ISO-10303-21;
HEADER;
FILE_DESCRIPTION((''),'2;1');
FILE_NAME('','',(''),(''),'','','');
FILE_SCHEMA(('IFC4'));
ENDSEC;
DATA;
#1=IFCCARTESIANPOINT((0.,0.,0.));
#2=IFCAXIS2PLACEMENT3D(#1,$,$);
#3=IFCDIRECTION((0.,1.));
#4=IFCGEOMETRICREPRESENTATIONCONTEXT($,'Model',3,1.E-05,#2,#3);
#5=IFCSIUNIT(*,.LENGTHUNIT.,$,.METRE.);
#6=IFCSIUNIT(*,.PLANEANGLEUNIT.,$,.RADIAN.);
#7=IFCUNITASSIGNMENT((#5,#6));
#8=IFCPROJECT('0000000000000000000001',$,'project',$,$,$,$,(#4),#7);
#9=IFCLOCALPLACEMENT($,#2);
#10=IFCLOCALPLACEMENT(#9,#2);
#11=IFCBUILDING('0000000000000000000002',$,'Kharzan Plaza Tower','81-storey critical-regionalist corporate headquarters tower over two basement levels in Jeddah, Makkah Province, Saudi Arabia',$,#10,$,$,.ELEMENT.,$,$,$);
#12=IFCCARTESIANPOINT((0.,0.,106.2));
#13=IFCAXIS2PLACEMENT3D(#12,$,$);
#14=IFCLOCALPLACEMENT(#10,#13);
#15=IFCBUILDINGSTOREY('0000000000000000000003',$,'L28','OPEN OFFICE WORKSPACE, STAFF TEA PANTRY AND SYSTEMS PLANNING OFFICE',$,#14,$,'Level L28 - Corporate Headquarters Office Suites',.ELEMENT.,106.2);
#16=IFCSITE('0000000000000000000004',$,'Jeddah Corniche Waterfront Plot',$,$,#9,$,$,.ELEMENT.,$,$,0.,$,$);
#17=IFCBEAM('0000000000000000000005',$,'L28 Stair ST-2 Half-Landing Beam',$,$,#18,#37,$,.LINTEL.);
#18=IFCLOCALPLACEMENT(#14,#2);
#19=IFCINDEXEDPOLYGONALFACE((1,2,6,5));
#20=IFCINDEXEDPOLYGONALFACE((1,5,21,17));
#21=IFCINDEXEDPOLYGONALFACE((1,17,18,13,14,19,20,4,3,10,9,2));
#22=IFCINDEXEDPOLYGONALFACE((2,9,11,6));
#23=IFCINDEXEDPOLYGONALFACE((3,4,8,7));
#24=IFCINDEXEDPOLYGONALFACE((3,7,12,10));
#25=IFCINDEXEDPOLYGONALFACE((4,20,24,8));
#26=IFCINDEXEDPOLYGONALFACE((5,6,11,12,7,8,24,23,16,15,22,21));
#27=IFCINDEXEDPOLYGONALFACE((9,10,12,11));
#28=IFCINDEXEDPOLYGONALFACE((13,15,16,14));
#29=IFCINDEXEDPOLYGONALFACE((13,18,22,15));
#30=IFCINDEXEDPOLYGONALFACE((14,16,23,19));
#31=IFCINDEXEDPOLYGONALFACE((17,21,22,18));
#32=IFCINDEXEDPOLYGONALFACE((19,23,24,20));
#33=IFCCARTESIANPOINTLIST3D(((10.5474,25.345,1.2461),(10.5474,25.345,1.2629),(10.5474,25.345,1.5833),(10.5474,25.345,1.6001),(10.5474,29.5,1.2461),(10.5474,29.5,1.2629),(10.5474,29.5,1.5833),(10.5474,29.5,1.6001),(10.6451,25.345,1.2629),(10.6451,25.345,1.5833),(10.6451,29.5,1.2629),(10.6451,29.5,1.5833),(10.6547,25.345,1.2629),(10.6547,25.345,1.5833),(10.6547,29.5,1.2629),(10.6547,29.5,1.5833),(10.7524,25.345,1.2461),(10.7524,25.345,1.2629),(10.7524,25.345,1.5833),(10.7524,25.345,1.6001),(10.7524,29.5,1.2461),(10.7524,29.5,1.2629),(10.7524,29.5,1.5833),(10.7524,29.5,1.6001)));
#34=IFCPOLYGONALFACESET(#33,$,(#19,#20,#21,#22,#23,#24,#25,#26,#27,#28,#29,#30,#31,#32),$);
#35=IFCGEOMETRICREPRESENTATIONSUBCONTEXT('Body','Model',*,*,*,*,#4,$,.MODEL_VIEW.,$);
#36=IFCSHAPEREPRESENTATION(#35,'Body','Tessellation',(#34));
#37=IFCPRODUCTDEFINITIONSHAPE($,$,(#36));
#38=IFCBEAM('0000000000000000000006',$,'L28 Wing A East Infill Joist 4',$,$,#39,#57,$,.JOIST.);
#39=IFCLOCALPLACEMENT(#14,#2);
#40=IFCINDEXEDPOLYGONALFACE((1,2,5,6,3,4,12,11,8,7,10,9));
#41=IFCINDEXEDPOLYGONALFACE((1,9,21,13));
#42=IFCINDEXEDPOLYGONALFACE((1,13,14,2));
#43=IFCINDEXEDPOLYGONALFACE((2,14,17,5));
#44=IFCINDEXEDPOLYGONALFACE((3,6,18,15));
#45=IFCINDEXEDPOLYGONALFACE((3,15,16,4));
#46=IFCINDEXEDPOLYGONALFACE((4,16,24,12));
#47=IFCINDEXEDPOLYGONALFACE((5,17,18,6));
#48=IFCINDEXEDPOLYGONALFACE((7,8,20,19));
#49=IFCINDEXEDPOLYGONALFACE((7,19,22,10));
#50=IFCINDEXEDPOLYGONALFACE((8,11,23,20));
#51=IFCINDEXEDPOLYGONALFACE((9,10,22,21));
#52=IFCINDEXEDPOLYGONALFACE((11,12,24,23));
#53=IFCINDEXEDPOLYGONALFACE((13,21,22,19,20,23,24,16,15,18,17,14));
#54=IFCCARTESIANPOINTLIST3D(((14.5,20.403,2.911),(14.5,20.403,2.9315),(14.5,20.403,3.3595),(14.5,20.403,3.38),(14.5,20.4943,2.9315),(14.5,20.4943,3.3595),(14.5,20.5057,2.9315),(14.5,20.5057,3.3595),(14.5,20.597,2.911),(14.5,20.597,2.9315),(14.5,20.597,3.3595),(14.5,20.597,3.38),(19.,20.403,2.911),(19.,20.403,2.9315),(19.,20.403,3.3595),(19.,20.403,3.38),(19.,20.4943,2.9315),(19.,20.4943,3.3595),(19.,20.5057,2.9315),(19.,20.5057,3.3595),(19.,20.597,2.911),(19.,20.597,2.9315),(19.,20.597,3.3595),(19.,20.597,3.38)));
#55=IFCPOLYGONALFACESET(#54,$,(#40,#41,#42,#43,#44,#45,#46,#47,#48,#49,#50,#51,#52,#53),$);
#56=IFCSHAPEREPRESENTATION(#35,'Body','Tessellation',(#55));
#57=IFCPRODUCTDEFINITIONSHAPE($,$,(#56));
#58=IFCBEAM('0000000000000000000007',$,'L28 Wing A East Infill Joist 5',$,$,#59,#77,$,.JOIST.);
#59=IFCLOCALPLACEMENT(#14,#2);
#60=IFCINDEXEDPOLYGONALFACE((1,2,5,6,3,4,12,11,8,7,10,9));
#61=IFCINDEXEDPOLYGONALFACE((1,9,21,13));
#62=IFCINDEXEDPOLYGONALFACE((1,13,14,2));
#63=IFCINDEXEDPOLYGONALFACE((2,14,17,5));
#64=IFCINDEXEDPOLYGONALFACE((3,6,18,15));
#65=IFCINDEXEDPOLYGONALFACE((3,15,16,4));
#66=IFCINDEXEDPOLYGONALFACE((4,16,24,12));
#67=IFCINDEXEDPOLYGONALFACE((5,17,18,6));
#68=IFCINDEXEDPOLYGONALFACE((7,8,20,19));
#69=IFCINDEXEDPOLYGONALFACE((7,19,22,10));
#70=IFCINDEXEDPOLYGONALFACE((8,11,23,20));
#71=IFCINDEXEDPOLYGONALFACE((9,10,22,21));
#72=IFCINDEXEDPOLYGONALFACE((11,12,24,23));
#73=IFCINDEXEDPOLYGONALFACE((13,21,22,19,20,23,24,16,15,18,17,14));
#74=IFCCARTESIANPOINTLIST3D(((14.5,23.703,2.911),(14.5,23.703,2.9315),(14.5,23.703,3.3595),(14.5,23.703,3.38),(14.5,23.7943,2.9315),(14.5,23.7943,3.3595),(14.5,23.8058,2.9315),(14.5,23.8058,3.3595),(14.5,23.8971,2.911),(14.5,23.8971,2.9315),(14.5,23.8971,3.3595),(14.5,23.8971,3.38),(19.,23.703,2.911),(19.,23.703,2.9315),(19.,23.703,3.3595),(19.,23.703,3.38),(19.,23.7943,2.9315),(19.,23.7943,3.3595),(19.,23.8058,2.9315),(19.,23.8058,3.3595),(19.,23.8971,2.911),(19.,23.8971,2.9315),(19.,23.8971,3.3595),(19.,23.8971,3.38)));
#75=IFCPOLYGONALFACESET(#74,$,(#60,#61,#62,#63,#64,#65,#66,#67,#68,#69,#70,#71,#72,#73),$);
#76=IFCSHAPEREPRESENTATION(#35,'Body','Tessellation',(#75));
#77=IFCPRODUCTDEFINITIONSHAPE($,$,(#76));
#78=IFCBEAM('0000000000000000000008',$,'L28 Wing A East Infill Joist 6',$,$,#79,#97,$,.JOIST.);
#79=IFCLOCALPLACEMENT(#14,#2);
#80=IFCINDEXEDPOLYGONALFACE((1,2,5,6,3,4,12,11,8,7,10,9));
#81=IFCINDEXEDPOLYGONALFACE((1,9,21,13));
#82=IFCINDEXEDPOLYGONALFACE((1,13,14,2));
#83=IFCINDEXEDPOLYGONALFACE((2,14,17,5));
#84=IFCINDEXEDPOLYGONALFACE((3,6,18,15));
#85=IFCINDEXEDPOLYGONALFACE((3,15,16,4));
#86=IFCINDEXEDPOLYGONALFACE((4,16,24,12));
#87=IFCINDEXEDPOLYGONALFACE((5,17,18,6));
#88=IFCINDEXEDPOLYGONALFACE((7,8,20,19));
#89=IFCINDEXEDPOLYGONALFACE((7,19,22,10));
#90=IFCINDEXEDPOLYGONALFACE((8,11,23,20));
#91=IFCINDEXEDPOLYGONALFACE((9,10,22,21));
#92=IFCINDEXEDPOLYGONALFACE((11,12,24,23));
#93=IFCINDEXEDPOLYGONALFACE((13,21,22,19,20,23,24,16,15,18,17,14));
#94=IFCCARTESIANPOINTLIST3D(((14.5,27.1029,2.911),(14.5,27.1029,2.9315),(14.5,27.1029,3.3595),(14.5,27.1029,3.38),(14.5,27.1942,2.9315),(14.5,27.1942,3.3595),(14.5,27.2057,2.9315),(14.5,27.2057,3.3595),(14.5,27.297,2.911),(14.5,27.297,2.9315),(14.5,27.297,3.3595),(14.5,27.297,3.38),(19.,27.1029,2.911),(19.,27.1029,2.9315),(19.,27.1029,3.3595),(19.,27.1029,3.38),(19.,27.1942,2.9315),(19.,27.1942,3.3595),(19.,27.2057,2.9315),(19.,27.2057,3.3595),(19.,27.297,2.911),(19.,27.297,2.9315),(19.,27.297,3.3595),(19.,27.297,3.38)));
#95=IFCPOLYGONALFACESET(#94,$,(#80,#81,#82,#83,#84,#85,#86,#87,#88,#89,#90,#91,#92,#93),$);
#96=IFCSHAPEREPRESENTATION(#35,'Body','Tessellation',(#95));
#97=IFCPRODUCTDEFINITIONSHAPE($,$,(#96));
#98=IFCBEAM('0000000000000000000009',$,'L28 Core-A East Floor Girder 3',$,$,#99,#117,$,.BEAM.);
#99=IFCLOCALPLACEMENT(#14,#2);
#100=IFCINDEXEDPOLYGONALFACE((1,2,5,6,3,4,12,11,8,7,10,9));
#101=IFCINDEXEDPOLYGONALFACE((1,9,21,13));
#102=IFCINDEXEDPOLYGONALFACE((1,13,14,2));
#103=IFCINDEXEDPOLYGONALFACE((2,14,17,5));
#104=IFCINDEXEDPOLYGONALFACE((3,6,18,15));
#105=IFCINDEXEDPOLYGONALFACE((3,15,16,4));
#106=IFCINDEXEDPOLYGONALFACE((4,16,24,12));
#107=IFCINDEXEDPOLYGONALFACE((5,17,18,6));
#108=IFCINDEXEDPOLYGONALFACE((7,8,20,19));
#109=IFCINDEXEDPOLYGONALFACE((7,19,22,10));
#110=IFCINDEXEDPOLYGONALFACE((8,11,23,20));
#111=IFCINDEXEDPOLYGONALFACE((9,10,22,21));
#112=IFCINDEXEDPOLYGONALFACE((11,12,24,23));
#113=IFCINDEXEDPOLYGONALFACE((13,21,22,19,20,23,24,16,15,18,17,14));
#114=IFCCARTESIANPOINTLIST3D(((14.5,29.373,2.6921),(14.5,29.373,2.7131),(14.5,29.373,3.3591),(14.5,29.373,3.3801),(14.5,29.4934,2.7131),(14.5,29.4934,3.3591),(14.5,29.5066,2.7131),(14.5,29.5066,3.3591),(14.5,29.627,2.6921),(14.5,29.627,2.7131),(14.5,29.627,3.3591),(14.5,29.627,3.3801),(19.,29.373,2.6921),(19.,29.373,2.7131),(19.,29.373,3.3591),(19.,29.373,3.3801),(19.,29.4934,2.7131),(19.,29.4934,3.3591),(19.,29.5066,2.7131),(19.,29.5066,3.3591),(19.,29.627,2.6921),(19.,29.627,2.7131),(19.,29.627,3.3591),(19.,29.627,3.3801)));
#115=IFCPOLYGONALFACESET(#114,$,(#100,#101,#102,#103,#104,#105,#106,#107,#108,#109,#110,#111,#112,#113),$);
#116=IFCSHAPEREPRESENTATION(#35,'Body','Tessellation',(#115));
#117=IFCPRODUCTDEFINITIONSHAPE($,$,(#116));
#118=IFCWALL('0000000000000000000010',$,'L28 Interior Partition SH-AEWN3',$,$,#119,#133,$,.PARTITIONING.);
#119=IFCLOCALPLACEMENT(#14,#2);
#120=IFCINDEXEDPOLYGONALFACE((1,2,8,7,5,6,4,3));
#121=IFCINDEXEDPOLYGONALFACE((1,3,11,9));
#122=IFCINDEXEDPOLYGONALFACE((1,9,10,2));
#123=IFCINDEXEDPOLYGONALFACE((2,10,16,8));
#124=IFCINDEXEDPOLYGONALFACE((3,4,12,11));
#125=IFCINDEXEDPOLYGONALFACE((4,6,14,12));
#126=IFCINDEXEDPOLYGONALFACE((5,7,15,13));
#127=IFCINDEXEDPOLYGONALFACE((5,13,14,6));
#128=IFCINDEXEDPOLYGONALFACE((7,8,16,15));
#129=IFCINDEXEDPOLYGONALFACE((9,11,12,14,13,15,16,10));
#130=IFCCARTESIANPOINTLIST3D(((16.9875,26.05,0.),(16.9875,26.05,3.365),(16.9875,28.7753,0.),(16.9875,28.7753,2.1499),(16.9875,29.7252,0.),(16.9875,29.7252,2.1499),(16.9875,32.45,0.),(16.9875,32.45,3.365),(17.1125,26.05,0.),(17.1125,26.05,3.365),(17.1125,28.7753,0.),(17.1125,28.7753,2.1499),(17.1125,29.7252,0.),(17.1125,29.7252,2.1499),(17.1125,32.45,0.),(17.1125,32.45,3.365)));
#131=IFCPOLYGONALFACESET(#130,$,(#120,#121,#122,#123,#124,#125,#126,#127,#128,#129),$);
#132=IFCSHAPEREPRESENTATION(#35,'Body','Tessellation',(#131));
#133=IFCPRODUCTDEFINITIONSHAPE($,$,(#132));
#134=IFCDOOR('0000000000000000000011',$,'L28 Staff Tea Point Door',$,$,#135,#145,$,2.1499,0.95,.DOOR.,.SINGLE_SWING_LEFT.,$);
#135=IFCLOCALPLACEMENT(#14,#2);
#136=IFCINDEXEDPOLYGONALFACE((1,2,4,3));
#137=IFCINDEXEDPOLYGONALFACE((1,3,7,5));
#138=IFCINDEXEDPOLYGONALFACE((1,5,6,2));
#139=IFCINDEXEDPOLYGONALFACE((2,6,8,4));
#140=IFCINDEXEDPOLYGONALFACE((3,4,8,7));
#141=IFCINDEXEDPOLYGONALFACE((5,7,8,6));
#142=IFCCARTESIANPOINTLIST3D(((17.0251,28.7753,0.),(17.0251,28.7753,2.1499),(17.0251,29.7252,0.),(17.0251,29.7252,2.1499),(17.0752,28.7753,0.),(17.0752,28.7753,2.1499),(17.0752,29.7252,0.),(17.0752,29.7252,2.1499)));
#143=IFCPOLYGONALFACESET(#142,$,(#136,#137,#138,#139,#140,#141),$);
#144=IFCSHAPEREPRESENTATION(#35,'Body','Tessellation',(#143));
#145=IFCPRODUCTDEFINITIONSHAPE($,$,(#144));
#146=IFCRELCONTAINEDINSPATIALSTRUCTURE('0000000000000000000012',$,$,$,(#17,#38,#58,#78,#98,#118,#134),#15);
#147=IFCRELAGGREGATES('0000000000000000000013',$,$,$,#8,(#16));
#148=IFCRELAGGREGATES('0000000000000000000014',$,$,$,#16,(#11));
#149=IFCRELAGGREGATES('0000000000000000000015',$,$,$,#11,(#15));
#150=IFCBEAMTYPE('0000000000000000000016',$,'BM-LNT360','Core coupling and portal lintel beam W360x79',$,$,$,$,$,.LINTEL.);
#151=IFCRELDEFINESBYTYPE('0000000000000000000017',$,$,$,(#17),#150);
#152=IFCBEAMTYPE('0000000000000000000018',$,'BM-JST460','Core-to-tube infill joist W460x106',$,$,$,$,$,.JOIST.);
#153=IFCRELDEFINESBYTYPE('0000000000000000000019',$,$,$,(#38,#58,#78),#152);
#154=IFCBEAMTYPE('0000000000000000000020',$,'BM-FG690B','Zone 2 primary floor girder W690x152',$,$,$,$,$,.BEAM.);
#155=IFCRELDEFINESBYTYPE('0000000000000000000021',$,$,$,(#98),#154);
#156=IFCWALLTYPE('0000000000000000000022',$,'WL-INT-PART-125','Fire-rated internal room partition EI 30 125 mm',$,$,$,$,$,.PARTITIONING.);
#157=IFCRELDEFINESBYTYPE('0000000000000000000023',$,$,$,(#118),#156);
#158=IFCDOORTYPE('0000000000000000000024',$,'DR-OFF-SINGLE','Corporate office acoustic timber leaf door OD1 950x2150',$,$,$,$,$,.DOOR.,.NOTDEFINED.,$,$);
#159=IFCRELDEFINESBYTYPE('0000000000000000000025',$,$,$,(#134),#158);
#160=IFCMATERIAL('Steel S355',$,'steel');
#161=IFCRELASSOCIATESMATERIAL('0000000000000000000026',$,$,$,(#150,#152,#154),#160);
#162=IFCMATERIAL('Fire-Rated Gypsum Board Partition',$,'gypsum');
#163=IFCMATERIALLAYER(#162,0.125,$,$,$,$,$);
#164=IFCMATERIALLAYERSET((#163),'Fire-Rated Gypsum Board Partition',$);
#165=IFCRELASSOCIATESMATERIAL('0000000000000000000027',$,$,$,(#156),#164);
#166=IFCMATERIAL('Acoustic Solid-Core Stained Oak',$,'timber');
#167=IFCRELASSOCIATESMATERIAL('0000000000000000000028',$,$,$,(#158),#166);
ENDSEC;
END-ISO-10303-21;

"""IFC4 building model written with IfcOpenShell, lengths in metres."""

from ifc_helpers import new_model, si_unit, direction, frame, frame_2d, origin, origin_2d, place, context, subcontext, project, spatial, rectangle, i_section, extrude, source, transform, mapped, material, layer, layer_set, material_profile, profile_set, type_object, element, fill, save


model = new_model("IFC4")

# Units and contexts
model_context = context("Model", 3, precision=1e-05, world=origin(), true_north=direction((0.0, 1.0)))
body_context = subcontext(model_context, "Body", "Model", "MODEL_VIEW")
ifc_project = project(units=[si_unit("LENGTHUNIT", "METRE"), si_unit("PLANEANGLEUNIT", "RADIAN")], contexts=[model_context])

# Site, building, storey
site_placement = place(None, origin())
site = spatial("IfcSite", under=ifc_project, at=site_placement, Name="Jeddah Corniche Waterfront Plot", CompositionType="ELEMENT", RefElevation=0.0)
building_placement = place(site_placement, origin())
building = spatial("IfcBuilding", under=site, at=building_placement, Name="Kharzan Plaza Tower", Description="81-storey critical-regionalist corporate headquarters tower over two basement levels in Jeddah, Makkah Province, Saudi Arabia", CompositionType="ELEMENT")
storey_placement = place(building_placement, frame((0.0, 0.0, 106.2)))
storey = spatial("IfcBuildingStorey", under=building, at=storey_placement, Name="L28", Description="OPEN OFFICE WORKSPACE, STAFF TEA PANTRY AND SYSTEMS PLANNING OFFICE", LongName="Level L28 - Corporate Headquarters Office Suites", CompositionType="ELEMENT", Elevation=106.2)

# Beams
ifc_material_1 = material(Name="Steel S355", Category="steel")
ifc_material_profile_1 = material_profile(ifc_material_1, i_section(OverallWidth=0.2051, OverallDepth=0.354, WebThickness=0.0095, FlangeThickness=0.0168, at=origin_2d()), Name="W360x79")
ifc_profile_set_1 = profile_set([ifc_material_profile_1], Name="Steel S355")
beam_type_1 = type_object("IfcBeamType", Name="BM-LNT360", Description="Core coupling and portal lintel beam W360x79", PredefinedType="LINTEL", material=ifc_profile_set_1)
shared_shape_1 = source(origin(), body_context, "Body", "SweptSolid", [
    extrude(i_section(OverallWidth=0.2051, OverallDepth=0.354, WebThickness=0.0095, FlangeThickness=0.0168, at=origin_2d()), origin(), (0.0, 0.0, 1.0), 4.155),
])
beam_1_placement = place(storey_placement, frame((10.6499, 25.345, 1.4231), z_axis=(0.0, 1.0, 0.0), x_axis=(-1.0, 0.0, 0.0)))
element("IfcBeam", 1, at=beam_1_placement, inside=storey, type_object=beam_type_1, Name="L28 Stair ST-2 Half-Landing Beam", PredefinedType="LINTEL", context=body_context, shape_type="MappedRepresentation", body=[
    mapped(shared_shape_1, transform((0.0, 0.0, 0.0), x_axis=(1.0, 0.0, 0.0), y_axis=(0.0, 1.0, 0.0), z_axis=(0.0, 0.0, 1.0))),
])
ifc_material_profile_2 = material_profile(ifc_material_1, i_section(OverallWidth=0.1941, OverallDepth=0.469, WebThickness=0.0115, FlangeThickness=0.0205, at=origin_2d()), Name="W460x106")
ifc_profile_set_2 = profile_set([ifc_material_profile_2], Name="Steel S355")
beam_type_2 = type_object("IfcBeamType", Name="BM-JST460", Description="Core-to-tube infill joist W460x106", PredefinedType="JOIST", material=ifc_profile_set_2)
shared_shape_2 = source(origin(), body_context, "Body", "SweptSolid", [
    extrude(i_section(OverallWidth=0.1941, OverallDepth=0.469, WebThickness=0.0115, FlangeThickness=0.0205, at=origin_2d()), origin(), (0.0, 0.0, 1.0), 4.5),
])
for number, where, z_axis, x_axis, name in (
    (2, (14.5, 20.5, 3.1455), (1.0, 0.0, 0.0), (0.0, 1.0, 0.0), "L28 Wing A East Infill Joist 4"),
    (3, (14.5, 23.8, 3.1455), (1.0, 0.0, 0.0), (0.0, 1.0, 0.0), "L28 Wing A East Infill Joist 5"),
    (4, (14.5, 27.2, 3.1455), (1.0, 0.0, 0.0), (0.0, 1.0, 0.0), "L28 Wing A East Infill Joist 6"),
):
    element("IfcBeam", number, at=place(storey_placement, frame(where, z_axis=z_axis, x_axis=x_axis)), inside=storey, type_object=beam_type_2, Name=name, PredefinedType="JOIST", context=body_context, shape_type="MappedRepresentation", body=[
        mapped(shared_shape_2, transform((0.0, 0.0, 0.0), x_axis=(1.0, 0.0, 0.0), y_axis=(0.0, 1.0, 0.0), z_axis=(0.0, 0.0, 1.0))),
    ])
ifc_material_profile_3 = material_profile(ifc_material_1, i_section(OverallWidth=0.2539, OverallDepth=0.688, WebThickness=0.0132, FlangeThickness=0.021, at=origin_2d()), Name="W690x152")
ifc_profile_set_3 = profile_set([ifc_material_profile_3], Name="Steel S355")
beam_type_3 = type_object("IfcBeamType", Name="BM-FG690B", Description="Zone 2 primary floor girder W690x152", PredefinedType="BEAM", material=ifc_profile_set_3)
shared_shape_3 = source(origin(), body_context, "Body", "SweptSolid", [
    extrude(i_section(OverallWidth=0.2539, OverallDepth=0.688, WebThickness=0.0132, FlangeThickness=0.021, at=origin_2d()), origin(), (0.0, 0.0, 1.0), 4.5),
])
beam_2_placement = place(storey_placement, frame((14.5, 29.5, 3.0361), z_axis=(1.0, 0.0, 0.0), x_axis=(0.0, 1.0, 0.0)))
element("IfcBeam", 5, at=beam_2_placement, inside=storey, type_object=beam_type_3, Name="L28 Core-A East Floor Girder 3", PredefinedType="BEAM", context=body_context, shape_type="MappedRepresentation", body=[
    mapped(shared_shape_3, transform((0.0, 0.0, 0.0), x_axis=(1.0, 0.0, 0.0), y_axis=(0.0, 1.0, 0.0), z_axis=(0.0, 0.0, 1.0))),
])

# Wall, opening, door
ifc_material_2 = material(Name="Fire-Rated Gypsum Board Partition", Category="gypsum")
ifc_layer_1 = layer(ifc_material_2, 0.125)
ifc_layer_set_1 = layer_set([ifc_layer_1], Name="Fire-Rated Gypsum Board Partition")
wall_type_1 = type_object("IfcWallType", Name="WL-INT-PART-125", Description="Fire-rated internal room partition EI 30 125 mm", PredefinedType="PARTITIONING", material=ifc_layer_set_1)
wall_1_placement = place(storey_placement, frame((17.05, 26.05, 0.0), z_axis=(0.0, 0.0, 1.0), x_axis=(0.0, 1.0, 0.0)))
wall_1 = element("IfcWall", 6, at=wall_1_placement, inside=storey, type_object=wall_type_1, Name="L28 Interior Partition SH-AEWN3", PredefinedType="PARTITIONING", context=body_context, shape_type="SweptSolid", body=[
    extrude(rectangle(XDim=6.3999, YDim=0.125, at=frame_2d((3.2, 0.0))), origin(), (0.0, 0.0, 1.0), 3.365),
])
opening_1_placement = place(wall_1_placement, frame((2.7251, 0.0, 0.0)))
opening_1 = element("IfcOpeningElement", 7, at=opening_1_placement, cuts=wall_1, PredefinedType="OPENING", context=body_context, shape_type="SweptSolid", body=[
    extrude(rectangle(XDim=0.95, YDim=2.1499, at=frame_2d((0.4751, 1.075))), frame((0.0, 0.0725, 0.0), z_axis=(0.0, -1.0, 0.0), x_axis=(1.0, 0.0, 0.0)), (0.0, 0.0, 1.0), 0.145),
])
ifc_material_3 = material(Name="Acoustic Solid-Core Stained Oak", Category="timber")
door_type_1 = type_object("IfcDoorType", Name="DR-OFF-SINGLE", Description="Corporate office acoustic timber leaf door OD1 950x2150", OperationType="NOTDEFINED", PredefinedType="DOOR", material=ifc_material_3)
shared_shape_4 = source(origin(), body_context, "Body", "SweptSolid", [
    extrude(rectangle(XDim=0.95, YDim=2.1499, at=frame_2d((0.4751, 1.075))), frame((0.0, 0.0249, 0.0), z_axis=(0.0, -1.0, 0.0), x_axis=(1.0, 0.0, 0.0)), (0.0, 0.0, 1.0), 0.05),
])
door_1_placement = place(opening_1_placement, origin())
door_1 = element("IfcDoor", 8, at=door_1_placement, inside=storey, type_object=door_type_1, Name="L28 Staff Tea Point Door", OperationType="SINGLE_SWING_LEFT", OverallHeight=2.1499, OverallWidth=0.95, PredefinedType="DOOR", context=body_context, shape_type="MappedRepresentation", body=[
    mapped(shared_shape_4, transform((0.0, 0.0, 0.0), x_axis=(1.0, 0.0, 0.0), y_axis=(0.0, 1.0, 0.0), z_axis=(0.0, 0.0, 1.0))),
])
fill(opening_1, door_1)

save(model, "model.ifc")
